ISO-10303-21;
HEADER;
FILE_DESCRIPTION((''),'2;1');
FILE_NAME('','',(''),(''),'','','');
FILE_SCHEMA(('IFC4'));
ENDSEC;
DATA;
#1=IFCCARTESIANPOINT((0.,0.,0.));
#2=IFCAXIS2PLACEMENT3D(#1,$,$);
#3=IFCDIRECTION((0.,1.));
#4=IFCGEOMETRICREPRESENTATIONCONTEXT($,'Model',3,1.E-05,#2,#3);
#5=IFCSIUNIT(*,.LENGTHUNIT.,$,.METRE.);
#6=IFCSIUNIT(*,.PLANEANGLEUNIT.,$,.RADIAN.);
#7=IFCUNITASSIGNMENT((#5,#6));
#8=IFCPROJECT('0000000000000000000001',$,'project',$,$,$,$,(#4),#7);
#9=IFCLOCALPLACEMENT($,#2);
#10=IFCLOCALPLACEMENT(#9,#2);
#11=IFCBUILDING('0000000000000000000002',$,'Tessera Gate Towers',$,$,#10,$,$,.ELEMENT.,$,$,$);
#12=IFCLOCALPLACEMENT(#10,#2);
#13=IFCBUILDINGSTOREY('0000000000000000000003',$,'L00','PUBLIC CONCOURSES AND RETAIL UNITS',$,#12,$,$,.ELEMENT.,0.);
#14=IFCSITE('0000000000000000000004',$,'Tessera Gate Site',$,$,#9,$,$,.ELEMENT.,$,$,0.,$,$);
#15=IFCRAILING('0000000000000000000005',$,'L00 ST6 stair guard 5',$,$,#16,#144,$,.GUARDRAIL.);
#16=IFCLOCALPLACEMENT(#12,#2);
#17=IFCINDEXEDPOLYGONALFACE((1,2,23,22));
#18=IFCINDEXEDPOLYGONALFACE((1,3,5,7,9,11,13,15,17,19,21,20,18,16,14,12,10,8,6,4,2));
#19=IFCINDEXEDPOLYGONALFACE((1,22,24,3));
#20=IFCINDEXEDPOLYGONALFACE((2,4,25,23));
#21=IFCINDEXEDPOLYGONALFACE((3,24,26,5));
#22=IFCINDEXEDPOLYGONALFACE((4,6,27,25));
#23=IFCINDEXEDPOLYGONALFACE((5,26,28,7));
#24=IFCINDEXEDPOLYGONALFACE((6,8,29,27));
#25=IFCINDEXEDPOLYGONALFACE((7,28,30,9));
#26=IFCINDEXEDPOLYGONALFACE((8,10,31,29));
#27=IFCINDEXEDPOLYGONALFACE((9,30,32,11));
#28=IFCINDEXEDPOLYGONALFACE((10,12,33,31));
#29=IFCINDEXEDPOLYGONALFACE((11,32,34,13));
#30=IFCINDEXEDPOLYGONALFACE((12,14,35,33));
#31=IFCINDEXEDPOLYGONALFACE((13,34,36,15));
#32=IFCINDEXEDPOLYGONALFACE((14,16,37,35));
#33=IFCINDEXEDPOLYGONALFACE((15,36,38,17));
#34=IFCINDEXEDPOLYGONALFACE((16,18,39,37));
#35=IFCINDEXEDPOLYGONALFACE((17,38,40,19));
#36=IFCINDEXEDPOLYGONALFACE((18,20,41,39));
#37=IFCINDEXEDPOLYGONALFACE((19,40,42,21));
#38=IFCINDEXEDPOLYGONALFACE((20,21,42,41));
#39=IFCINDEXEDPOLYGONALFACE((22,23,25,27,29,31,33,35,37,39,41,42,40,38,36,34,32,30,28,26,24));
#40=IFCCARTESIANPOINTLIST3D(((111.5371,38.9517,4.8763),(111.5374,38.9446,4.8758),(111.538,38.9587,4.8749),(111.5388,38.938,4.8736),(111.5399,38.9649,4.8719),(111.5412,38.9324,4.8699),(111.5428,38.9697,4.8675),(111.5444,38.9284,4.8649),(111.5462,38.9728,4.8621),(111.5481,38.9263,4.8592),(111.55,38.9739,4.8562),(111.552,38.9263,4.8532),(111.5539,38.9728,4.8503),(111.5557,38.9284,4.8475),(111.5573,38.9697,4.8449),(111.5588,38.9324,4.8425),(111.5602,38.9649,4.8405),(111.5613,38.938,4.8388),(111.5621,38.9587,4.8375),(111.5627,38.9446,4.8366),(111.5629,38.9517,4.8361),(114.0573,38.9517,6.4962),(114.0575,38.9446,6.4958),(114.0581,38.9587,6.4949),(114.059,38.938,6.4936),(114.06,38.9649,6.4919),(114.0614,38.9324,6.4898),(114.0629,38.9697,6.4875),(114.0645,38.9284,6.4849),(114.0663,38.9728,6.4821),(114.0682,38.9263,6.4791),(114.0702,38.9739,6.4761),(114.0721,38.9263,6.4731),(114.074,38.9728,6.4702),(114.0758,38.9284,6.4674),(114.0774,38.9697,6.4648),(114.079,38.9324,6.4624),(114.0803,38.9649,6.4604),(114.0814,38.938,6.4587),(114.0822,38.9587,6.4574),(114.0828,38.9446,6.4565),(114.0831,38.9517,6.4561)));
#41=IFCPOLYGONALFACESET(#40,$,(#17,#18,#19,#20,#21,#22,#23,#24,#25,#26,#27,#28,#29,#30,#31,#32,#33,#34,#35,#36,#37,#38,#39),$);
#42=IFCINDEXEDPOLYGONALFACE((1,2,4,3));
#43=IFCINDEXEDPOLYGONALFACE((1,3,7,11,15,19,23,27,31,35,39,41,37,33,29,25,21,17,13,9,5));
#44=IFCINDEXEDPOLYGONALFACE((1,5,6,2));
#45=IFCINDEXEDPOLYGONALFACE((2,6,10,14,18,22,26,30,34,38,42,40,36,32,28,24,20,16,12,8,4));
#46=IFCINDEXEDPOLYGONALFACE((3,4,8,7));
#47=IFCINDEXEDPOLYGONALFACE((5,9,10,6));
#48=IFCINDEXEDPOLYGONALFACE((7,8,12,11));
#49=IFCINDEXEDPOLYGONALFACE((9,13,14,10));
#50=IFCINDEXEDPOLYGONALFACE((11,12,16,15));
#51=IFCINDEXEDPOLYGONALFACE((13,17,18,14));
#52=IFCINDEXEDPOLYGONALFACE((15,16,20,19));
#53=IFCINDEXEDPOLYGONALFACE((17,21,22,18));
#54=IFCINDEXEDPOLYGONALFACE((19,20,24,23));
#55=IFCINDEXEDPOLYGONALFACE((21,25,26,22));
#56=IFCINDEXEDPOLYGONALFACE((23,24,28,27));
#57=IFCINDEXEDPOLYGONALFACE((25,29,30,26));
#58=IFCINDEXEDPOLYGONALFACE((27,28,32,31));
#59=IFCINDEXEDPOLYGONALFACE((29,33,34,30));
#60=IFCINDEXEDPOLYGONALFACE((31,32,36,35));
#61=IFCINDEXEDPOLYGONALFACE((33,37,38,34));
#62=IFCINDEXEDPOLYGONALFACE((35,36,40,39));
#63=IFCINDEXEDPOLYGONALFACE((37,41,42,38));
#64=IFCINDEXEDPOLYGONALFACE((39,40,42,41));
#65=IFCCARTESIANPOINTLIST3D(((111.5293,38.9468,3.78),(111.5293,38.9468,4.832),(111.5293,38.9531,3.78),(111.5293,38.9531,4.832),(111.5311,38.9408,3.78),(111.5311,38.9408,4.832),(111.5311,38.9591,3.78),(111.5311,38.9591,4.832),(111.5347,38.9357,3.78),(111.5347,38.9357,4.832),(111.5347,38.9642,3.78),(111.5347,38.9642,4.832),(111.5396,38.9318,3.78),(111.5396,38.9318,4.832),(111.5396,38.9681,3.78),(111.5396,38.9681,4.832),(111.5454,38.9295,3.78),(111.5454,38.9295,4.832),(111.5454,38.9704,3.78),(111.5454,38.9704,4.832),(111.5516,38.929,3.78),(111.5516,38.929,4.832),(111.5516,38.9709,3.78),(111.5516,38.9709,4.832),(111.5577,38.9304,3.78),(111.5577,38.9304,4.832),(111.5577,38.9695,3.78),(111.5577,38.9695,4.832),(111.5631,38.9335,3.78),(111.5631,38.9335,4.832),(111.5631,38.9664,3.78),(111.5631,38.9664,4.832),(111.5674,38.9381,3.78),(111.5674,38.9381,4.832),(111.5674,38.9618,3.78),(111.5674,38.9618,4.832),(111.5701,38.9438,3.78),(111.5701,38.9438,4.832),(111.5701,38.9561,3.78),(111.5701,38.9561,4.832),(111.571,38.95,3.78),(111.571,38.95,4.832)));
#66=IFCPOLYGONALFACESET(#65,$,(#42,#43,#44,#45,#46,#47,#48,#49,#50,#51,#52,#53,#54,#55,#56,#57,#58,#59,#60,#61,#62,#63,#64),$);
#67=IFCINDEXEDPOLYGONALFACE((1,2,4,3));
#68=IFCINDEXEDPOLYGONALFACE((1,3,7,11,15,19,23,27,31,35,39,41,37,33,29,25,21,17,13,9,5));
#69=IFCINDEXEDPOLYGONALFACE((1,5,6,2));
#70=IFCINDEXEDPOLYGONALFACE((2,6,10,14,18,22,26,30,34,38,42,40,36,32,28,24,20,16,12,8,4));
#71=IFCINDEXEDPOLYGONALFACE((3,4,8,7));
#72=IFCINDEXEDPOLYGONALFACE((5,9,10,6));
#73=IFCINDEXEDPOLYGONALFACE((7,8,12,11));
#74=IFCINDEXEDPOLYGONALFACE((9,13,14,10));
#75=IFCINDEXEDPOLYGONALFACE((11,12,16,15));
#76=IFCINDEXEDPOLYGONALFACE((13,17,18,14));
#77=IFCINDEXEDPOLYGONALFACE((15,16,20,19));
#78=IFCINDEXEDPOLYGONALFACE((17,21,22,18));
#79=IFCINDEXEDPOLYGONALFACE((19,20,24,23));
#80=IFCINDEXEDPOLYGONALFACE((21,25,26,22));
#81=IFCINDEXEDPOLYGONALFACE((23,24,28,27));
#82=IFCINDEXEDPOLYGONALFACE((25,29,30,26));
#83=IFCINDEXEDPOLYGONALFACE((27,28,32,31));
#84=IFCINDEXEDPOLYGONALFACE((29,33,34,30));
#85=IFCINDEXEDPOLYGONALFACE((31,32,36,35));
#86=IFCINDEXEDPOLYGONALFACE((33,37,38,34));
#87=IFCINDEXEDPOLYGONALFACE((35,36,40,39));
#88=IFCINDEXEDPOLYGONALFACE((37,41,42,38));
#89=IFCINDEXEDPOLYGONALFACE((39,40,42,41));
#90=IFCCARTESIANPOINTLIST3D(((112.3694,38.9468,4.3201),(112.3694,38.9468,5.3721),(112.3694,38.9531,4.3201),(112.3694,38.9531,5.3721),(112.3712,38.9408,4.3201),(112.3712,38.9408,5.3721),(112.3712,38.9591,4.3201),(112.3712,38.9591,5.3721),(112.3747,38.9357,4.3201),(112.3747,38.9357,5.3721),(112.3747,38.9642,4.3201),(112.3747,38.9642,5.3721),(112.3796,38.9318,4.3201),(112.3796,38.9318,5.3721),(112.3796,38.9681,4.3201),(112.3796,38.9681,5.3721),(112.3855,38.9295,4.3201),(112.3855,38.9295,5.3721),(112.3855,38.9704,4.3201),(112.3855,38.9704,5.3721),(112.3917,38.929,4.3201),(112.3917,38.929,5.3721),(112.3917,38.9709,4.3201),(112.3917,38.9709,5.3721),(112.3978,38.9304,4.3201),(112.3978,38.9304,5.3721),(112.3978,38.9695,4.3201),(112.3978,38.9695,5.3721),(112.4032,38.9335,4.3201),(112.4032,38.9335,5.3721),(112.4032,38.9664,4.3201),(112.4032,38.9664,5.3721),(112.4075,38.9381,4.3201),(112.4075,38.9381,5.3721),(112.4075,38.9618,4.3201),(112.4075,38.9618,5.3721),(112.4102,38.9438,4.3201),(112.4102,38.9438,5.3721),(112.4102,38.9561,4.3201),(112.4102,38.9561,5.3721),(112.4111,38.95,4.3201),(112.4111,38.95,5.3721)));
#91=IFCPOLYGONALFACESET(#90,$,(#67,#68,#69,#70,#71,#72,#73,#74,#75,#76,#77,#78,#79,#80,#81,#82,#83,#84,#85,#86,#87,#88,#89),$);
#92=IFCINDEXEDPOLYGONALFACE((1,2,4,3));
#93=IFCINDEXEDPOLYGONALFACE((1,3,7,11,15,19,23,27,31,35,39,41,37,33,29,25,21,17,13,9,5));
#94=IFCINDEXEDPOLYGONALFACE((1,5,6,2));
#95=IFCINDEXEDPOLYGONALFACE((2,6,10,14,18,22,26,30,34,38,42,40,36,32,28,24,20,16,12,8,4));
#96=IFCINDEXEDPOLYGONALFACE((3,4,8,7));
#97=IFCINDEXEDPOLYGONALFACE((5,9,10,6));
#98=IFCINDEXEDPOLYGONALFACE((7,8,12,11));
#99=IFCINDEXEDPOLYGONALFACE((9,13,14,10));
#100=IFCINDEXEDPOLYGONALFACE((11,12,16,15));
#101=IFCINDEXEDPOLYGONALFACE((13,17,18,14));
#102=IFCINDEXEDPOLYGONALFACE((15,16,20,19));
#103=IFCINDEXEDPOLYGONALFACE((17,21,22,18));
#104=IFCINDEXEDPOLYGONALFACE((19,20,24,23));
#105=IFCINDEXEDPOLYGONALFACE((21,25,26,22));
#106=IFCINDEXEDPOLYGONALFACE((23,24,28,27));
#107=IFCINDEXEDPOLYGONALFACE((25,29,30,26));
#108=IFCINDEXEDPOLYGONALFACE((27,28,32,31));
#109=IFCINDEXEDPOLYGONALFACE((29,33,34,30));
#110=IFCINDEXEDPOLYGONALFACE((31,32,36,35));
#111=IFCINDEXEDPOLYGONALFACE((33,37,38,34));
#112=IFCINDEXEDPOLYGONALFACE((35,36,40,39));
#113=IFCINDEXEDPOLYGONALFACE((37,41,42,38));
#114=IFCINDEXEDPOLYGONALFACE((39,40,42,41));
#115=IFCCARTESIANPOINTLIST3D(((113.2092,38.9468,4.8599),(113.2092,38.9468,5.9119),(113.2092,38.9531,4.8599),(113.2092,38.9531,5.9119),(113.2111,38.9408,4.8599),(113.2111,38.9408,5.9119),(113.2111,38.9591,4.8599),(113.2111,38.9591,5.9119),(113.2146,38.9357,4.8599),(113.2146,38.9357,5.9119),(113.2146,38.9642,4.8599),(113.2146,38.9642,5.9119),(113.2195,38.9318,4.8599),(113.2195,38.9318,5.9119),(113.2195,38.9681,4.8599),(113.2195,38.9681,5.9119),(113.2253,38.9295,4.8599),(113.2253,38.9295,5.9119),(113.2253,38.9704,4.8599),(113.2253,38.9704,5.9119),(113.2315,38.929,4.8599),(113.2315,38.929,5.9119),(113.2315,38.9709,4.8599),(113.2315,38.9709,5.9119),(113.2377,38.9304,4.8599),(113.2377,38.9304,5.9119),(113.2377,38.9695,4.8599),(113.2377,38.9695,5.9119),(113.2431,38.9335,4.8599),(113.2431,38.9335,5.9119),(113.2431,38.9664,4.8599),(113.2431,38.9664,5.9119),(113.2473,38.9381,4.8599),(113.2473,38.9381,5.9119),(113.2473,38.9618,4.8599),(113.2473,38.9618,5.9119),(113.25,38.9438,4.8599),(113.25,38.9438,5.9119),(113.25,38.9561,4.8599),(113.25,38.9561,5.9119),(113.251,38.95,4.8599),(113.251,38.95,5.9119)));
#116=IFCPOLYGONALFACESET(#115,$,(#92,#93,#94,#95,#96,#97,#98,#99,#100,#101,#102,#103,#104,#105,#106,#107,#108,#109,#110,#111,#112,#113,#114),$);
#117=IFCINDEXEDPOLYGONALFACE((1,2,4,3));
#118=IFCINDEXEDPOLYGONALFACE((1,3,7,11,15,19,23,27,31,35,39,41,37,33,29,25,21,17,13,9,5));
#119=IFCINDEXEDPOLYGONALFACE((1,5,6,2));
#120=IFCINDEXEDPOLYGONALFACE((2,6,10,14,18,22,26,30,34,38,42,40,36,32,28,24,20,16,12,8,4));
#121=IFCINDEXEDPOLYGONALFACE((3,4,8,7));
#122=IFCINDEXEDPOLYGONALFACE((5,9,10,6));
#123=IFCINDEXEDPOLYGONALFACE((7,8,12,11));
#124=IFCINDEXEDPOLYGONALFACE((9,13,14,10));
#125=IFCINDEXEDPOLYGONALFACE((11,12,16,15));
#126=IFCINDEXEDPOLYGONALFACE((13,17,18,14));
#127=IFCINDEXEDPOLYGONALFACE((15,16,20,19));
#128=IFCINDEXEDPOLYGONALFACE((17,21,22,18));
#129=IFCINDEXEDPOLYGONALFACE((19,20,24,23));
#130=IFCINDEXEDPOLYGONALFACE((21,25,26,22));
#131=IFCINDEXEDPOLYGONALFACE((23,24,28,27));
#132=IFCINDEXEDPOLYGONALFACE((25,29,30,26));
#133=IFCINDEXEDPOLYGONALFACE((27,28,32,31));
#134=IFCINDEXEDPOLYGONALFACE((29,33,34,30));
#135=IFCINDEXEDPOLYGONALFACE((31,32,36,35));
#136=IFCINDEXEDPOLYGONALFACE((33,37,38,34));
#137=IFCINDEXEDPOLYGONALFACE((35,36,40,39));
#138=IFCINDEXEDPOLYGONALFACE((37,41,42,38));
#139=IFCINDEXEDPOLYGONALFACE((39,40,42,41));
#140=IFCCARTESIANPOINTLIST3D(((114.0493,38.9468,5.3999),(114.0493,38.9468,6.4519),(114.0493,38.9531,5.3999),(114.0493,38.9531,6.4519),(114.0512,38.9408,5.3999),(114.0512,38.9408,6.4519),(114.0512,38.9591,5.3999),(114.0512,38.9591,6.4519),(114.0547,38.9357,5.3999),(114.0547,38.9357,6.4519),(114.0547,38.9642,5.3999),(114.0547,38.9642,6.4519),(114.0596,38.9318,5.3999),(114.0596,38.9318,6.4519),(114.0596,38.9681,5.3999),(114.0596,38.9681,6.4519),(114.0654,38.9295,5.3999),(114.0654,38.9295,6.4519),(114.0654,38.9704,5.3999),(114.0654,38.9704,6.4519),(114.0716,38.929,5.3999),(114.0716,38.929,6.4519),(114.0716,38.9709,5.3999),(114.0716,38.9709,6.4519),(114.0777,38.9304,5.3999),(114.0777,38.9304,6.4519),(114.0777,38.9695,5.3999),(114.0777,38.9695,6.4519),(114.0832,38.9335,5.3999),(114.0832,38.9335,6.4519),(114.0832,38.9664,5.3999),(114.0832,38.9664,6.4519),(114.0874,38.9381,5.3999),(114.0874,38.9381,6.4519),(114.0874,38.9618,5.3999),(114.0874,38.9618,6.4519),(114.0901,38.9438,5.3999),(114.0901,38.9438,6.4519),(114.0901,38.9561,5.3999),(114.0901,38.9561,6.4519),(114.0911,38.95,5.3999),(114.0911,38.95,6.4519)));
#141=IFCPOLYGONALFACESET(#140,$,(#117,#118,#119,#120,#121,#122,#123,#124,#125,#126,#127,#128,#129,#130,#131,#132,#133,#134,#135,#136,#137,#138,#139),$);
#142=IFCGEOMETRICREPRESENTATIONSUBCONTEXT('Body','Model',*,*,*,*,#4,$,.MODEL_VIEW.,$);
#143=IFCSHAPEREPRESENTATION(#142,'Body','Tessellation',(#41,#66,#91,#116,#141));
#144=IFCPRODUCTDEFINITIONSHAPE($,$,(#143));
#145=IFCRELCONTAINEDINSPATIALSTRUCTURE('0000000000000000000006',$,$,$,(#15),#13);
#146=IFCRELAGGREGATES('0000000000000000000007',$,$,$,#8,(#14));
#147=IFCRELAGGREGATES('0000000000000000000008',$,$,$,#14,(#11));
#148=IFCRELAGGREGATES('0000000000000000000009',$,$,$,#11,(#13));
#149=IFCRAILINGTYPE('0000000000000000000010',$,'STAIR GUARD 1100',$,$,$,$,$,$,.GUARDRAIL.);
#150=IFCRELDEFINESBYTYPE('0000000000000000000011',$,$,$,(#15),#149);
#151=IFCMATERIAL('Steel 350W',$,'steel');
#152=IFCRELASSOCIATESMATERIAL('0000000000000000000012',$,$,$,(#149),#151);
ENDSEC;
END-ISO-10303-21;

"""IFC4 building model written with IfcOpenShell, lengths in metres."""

from ifc_helpers import new_model, si_unit, direction, frame, origin, origin_2d, place, context, subcontext, project, spatial, circle, extrude, material, type_object, element, save


model = new_model("IFC4")

# Units and contexts
model_context = context("Model", 3, precision=1e-05, world=origin(), true_north=direction((0.0, 1.0)))
body_context = subcontext(model_context, "Body", "Model", "MODEL_VIEW")
ifc_project = project(units=[si_unit("LENGTHUNIT", "METRE"), si_unit("PLANEANGLEUNIT", "RADIAN")], contexts=[model_context])

# Site, building, storey
site_placement = place(None, origin())
site = spatial("IfcSite", under=ifc_project, at=site_placement, Name="Tessera Gate Site", CompositionType="ELEMENT", RefElevation=0.0)
building_placement = place(site_placement, origin())
building = spatial("IfcBuilding", under=site, at=building_placement, Name="Tessera Gate Towers", CompositionType="ELEMENT")
storey_placement = place(building_placement, origin())
storey = spatial("IfcBuildingStorey", under=building, at=storey_placement, Name="L00", Description="PUBLIC CONCOURSES AND RETAIL UNITS", CompositionType="ELEMENT", Elevation=0.0)

# Railing
ifc_material_1 = material(Name="Steel 350W", Category="steel")
railing_type_1 = type_object("IfcRailingType", Name="STAIR GUARD 1100", PredefinedType="GUARDRAIL", material=ifc_material_1)
railing_1_placement = place(storey_placement, frame((111.55, 38.95, 3.78)))
element("IfcRailing", 1, at=railing_1_placement, inside=storey, type_object=railing_type_1, Name="L00 ST6 stair guard 5", PredefinedType="GUARDRAIL", context=body_context, shape_type="SweptSolid", body=[
    extrude(circle(Radius=0.0239, at=origin_2d()), frame((0.0, 0.0, 1.0762), z_axis=(0.8412, 0.0, 0.540725), x_axis=(0.0, 1.0, 0.0)), (0.0, 0.0, 1.0), 2.9958),
    extrude(circle(Radius=0.021, at=origin_2d()), origin(), (0.0, 0.0, 1.0), 1.052),
    extrude(circle(Radius=0.021, at=origin_2d()), frame((0.8401, 0.0, 0.54)), (0.0, 0.0, 1.0), 1.052),
    extrude(circle(Radius=0.021, at=origin_2d()), frame((1.6799, 0.0, 1.0798)), (0.0, 0.0, 1.0), 1.052),
    extrude(circle(Radius=0.021, at=origin_2d()), frame((2.52, 0.0, 1.6199)), (0.0, 0.0, 1.0), 1.052),
])

save(model, "model.ifc")
